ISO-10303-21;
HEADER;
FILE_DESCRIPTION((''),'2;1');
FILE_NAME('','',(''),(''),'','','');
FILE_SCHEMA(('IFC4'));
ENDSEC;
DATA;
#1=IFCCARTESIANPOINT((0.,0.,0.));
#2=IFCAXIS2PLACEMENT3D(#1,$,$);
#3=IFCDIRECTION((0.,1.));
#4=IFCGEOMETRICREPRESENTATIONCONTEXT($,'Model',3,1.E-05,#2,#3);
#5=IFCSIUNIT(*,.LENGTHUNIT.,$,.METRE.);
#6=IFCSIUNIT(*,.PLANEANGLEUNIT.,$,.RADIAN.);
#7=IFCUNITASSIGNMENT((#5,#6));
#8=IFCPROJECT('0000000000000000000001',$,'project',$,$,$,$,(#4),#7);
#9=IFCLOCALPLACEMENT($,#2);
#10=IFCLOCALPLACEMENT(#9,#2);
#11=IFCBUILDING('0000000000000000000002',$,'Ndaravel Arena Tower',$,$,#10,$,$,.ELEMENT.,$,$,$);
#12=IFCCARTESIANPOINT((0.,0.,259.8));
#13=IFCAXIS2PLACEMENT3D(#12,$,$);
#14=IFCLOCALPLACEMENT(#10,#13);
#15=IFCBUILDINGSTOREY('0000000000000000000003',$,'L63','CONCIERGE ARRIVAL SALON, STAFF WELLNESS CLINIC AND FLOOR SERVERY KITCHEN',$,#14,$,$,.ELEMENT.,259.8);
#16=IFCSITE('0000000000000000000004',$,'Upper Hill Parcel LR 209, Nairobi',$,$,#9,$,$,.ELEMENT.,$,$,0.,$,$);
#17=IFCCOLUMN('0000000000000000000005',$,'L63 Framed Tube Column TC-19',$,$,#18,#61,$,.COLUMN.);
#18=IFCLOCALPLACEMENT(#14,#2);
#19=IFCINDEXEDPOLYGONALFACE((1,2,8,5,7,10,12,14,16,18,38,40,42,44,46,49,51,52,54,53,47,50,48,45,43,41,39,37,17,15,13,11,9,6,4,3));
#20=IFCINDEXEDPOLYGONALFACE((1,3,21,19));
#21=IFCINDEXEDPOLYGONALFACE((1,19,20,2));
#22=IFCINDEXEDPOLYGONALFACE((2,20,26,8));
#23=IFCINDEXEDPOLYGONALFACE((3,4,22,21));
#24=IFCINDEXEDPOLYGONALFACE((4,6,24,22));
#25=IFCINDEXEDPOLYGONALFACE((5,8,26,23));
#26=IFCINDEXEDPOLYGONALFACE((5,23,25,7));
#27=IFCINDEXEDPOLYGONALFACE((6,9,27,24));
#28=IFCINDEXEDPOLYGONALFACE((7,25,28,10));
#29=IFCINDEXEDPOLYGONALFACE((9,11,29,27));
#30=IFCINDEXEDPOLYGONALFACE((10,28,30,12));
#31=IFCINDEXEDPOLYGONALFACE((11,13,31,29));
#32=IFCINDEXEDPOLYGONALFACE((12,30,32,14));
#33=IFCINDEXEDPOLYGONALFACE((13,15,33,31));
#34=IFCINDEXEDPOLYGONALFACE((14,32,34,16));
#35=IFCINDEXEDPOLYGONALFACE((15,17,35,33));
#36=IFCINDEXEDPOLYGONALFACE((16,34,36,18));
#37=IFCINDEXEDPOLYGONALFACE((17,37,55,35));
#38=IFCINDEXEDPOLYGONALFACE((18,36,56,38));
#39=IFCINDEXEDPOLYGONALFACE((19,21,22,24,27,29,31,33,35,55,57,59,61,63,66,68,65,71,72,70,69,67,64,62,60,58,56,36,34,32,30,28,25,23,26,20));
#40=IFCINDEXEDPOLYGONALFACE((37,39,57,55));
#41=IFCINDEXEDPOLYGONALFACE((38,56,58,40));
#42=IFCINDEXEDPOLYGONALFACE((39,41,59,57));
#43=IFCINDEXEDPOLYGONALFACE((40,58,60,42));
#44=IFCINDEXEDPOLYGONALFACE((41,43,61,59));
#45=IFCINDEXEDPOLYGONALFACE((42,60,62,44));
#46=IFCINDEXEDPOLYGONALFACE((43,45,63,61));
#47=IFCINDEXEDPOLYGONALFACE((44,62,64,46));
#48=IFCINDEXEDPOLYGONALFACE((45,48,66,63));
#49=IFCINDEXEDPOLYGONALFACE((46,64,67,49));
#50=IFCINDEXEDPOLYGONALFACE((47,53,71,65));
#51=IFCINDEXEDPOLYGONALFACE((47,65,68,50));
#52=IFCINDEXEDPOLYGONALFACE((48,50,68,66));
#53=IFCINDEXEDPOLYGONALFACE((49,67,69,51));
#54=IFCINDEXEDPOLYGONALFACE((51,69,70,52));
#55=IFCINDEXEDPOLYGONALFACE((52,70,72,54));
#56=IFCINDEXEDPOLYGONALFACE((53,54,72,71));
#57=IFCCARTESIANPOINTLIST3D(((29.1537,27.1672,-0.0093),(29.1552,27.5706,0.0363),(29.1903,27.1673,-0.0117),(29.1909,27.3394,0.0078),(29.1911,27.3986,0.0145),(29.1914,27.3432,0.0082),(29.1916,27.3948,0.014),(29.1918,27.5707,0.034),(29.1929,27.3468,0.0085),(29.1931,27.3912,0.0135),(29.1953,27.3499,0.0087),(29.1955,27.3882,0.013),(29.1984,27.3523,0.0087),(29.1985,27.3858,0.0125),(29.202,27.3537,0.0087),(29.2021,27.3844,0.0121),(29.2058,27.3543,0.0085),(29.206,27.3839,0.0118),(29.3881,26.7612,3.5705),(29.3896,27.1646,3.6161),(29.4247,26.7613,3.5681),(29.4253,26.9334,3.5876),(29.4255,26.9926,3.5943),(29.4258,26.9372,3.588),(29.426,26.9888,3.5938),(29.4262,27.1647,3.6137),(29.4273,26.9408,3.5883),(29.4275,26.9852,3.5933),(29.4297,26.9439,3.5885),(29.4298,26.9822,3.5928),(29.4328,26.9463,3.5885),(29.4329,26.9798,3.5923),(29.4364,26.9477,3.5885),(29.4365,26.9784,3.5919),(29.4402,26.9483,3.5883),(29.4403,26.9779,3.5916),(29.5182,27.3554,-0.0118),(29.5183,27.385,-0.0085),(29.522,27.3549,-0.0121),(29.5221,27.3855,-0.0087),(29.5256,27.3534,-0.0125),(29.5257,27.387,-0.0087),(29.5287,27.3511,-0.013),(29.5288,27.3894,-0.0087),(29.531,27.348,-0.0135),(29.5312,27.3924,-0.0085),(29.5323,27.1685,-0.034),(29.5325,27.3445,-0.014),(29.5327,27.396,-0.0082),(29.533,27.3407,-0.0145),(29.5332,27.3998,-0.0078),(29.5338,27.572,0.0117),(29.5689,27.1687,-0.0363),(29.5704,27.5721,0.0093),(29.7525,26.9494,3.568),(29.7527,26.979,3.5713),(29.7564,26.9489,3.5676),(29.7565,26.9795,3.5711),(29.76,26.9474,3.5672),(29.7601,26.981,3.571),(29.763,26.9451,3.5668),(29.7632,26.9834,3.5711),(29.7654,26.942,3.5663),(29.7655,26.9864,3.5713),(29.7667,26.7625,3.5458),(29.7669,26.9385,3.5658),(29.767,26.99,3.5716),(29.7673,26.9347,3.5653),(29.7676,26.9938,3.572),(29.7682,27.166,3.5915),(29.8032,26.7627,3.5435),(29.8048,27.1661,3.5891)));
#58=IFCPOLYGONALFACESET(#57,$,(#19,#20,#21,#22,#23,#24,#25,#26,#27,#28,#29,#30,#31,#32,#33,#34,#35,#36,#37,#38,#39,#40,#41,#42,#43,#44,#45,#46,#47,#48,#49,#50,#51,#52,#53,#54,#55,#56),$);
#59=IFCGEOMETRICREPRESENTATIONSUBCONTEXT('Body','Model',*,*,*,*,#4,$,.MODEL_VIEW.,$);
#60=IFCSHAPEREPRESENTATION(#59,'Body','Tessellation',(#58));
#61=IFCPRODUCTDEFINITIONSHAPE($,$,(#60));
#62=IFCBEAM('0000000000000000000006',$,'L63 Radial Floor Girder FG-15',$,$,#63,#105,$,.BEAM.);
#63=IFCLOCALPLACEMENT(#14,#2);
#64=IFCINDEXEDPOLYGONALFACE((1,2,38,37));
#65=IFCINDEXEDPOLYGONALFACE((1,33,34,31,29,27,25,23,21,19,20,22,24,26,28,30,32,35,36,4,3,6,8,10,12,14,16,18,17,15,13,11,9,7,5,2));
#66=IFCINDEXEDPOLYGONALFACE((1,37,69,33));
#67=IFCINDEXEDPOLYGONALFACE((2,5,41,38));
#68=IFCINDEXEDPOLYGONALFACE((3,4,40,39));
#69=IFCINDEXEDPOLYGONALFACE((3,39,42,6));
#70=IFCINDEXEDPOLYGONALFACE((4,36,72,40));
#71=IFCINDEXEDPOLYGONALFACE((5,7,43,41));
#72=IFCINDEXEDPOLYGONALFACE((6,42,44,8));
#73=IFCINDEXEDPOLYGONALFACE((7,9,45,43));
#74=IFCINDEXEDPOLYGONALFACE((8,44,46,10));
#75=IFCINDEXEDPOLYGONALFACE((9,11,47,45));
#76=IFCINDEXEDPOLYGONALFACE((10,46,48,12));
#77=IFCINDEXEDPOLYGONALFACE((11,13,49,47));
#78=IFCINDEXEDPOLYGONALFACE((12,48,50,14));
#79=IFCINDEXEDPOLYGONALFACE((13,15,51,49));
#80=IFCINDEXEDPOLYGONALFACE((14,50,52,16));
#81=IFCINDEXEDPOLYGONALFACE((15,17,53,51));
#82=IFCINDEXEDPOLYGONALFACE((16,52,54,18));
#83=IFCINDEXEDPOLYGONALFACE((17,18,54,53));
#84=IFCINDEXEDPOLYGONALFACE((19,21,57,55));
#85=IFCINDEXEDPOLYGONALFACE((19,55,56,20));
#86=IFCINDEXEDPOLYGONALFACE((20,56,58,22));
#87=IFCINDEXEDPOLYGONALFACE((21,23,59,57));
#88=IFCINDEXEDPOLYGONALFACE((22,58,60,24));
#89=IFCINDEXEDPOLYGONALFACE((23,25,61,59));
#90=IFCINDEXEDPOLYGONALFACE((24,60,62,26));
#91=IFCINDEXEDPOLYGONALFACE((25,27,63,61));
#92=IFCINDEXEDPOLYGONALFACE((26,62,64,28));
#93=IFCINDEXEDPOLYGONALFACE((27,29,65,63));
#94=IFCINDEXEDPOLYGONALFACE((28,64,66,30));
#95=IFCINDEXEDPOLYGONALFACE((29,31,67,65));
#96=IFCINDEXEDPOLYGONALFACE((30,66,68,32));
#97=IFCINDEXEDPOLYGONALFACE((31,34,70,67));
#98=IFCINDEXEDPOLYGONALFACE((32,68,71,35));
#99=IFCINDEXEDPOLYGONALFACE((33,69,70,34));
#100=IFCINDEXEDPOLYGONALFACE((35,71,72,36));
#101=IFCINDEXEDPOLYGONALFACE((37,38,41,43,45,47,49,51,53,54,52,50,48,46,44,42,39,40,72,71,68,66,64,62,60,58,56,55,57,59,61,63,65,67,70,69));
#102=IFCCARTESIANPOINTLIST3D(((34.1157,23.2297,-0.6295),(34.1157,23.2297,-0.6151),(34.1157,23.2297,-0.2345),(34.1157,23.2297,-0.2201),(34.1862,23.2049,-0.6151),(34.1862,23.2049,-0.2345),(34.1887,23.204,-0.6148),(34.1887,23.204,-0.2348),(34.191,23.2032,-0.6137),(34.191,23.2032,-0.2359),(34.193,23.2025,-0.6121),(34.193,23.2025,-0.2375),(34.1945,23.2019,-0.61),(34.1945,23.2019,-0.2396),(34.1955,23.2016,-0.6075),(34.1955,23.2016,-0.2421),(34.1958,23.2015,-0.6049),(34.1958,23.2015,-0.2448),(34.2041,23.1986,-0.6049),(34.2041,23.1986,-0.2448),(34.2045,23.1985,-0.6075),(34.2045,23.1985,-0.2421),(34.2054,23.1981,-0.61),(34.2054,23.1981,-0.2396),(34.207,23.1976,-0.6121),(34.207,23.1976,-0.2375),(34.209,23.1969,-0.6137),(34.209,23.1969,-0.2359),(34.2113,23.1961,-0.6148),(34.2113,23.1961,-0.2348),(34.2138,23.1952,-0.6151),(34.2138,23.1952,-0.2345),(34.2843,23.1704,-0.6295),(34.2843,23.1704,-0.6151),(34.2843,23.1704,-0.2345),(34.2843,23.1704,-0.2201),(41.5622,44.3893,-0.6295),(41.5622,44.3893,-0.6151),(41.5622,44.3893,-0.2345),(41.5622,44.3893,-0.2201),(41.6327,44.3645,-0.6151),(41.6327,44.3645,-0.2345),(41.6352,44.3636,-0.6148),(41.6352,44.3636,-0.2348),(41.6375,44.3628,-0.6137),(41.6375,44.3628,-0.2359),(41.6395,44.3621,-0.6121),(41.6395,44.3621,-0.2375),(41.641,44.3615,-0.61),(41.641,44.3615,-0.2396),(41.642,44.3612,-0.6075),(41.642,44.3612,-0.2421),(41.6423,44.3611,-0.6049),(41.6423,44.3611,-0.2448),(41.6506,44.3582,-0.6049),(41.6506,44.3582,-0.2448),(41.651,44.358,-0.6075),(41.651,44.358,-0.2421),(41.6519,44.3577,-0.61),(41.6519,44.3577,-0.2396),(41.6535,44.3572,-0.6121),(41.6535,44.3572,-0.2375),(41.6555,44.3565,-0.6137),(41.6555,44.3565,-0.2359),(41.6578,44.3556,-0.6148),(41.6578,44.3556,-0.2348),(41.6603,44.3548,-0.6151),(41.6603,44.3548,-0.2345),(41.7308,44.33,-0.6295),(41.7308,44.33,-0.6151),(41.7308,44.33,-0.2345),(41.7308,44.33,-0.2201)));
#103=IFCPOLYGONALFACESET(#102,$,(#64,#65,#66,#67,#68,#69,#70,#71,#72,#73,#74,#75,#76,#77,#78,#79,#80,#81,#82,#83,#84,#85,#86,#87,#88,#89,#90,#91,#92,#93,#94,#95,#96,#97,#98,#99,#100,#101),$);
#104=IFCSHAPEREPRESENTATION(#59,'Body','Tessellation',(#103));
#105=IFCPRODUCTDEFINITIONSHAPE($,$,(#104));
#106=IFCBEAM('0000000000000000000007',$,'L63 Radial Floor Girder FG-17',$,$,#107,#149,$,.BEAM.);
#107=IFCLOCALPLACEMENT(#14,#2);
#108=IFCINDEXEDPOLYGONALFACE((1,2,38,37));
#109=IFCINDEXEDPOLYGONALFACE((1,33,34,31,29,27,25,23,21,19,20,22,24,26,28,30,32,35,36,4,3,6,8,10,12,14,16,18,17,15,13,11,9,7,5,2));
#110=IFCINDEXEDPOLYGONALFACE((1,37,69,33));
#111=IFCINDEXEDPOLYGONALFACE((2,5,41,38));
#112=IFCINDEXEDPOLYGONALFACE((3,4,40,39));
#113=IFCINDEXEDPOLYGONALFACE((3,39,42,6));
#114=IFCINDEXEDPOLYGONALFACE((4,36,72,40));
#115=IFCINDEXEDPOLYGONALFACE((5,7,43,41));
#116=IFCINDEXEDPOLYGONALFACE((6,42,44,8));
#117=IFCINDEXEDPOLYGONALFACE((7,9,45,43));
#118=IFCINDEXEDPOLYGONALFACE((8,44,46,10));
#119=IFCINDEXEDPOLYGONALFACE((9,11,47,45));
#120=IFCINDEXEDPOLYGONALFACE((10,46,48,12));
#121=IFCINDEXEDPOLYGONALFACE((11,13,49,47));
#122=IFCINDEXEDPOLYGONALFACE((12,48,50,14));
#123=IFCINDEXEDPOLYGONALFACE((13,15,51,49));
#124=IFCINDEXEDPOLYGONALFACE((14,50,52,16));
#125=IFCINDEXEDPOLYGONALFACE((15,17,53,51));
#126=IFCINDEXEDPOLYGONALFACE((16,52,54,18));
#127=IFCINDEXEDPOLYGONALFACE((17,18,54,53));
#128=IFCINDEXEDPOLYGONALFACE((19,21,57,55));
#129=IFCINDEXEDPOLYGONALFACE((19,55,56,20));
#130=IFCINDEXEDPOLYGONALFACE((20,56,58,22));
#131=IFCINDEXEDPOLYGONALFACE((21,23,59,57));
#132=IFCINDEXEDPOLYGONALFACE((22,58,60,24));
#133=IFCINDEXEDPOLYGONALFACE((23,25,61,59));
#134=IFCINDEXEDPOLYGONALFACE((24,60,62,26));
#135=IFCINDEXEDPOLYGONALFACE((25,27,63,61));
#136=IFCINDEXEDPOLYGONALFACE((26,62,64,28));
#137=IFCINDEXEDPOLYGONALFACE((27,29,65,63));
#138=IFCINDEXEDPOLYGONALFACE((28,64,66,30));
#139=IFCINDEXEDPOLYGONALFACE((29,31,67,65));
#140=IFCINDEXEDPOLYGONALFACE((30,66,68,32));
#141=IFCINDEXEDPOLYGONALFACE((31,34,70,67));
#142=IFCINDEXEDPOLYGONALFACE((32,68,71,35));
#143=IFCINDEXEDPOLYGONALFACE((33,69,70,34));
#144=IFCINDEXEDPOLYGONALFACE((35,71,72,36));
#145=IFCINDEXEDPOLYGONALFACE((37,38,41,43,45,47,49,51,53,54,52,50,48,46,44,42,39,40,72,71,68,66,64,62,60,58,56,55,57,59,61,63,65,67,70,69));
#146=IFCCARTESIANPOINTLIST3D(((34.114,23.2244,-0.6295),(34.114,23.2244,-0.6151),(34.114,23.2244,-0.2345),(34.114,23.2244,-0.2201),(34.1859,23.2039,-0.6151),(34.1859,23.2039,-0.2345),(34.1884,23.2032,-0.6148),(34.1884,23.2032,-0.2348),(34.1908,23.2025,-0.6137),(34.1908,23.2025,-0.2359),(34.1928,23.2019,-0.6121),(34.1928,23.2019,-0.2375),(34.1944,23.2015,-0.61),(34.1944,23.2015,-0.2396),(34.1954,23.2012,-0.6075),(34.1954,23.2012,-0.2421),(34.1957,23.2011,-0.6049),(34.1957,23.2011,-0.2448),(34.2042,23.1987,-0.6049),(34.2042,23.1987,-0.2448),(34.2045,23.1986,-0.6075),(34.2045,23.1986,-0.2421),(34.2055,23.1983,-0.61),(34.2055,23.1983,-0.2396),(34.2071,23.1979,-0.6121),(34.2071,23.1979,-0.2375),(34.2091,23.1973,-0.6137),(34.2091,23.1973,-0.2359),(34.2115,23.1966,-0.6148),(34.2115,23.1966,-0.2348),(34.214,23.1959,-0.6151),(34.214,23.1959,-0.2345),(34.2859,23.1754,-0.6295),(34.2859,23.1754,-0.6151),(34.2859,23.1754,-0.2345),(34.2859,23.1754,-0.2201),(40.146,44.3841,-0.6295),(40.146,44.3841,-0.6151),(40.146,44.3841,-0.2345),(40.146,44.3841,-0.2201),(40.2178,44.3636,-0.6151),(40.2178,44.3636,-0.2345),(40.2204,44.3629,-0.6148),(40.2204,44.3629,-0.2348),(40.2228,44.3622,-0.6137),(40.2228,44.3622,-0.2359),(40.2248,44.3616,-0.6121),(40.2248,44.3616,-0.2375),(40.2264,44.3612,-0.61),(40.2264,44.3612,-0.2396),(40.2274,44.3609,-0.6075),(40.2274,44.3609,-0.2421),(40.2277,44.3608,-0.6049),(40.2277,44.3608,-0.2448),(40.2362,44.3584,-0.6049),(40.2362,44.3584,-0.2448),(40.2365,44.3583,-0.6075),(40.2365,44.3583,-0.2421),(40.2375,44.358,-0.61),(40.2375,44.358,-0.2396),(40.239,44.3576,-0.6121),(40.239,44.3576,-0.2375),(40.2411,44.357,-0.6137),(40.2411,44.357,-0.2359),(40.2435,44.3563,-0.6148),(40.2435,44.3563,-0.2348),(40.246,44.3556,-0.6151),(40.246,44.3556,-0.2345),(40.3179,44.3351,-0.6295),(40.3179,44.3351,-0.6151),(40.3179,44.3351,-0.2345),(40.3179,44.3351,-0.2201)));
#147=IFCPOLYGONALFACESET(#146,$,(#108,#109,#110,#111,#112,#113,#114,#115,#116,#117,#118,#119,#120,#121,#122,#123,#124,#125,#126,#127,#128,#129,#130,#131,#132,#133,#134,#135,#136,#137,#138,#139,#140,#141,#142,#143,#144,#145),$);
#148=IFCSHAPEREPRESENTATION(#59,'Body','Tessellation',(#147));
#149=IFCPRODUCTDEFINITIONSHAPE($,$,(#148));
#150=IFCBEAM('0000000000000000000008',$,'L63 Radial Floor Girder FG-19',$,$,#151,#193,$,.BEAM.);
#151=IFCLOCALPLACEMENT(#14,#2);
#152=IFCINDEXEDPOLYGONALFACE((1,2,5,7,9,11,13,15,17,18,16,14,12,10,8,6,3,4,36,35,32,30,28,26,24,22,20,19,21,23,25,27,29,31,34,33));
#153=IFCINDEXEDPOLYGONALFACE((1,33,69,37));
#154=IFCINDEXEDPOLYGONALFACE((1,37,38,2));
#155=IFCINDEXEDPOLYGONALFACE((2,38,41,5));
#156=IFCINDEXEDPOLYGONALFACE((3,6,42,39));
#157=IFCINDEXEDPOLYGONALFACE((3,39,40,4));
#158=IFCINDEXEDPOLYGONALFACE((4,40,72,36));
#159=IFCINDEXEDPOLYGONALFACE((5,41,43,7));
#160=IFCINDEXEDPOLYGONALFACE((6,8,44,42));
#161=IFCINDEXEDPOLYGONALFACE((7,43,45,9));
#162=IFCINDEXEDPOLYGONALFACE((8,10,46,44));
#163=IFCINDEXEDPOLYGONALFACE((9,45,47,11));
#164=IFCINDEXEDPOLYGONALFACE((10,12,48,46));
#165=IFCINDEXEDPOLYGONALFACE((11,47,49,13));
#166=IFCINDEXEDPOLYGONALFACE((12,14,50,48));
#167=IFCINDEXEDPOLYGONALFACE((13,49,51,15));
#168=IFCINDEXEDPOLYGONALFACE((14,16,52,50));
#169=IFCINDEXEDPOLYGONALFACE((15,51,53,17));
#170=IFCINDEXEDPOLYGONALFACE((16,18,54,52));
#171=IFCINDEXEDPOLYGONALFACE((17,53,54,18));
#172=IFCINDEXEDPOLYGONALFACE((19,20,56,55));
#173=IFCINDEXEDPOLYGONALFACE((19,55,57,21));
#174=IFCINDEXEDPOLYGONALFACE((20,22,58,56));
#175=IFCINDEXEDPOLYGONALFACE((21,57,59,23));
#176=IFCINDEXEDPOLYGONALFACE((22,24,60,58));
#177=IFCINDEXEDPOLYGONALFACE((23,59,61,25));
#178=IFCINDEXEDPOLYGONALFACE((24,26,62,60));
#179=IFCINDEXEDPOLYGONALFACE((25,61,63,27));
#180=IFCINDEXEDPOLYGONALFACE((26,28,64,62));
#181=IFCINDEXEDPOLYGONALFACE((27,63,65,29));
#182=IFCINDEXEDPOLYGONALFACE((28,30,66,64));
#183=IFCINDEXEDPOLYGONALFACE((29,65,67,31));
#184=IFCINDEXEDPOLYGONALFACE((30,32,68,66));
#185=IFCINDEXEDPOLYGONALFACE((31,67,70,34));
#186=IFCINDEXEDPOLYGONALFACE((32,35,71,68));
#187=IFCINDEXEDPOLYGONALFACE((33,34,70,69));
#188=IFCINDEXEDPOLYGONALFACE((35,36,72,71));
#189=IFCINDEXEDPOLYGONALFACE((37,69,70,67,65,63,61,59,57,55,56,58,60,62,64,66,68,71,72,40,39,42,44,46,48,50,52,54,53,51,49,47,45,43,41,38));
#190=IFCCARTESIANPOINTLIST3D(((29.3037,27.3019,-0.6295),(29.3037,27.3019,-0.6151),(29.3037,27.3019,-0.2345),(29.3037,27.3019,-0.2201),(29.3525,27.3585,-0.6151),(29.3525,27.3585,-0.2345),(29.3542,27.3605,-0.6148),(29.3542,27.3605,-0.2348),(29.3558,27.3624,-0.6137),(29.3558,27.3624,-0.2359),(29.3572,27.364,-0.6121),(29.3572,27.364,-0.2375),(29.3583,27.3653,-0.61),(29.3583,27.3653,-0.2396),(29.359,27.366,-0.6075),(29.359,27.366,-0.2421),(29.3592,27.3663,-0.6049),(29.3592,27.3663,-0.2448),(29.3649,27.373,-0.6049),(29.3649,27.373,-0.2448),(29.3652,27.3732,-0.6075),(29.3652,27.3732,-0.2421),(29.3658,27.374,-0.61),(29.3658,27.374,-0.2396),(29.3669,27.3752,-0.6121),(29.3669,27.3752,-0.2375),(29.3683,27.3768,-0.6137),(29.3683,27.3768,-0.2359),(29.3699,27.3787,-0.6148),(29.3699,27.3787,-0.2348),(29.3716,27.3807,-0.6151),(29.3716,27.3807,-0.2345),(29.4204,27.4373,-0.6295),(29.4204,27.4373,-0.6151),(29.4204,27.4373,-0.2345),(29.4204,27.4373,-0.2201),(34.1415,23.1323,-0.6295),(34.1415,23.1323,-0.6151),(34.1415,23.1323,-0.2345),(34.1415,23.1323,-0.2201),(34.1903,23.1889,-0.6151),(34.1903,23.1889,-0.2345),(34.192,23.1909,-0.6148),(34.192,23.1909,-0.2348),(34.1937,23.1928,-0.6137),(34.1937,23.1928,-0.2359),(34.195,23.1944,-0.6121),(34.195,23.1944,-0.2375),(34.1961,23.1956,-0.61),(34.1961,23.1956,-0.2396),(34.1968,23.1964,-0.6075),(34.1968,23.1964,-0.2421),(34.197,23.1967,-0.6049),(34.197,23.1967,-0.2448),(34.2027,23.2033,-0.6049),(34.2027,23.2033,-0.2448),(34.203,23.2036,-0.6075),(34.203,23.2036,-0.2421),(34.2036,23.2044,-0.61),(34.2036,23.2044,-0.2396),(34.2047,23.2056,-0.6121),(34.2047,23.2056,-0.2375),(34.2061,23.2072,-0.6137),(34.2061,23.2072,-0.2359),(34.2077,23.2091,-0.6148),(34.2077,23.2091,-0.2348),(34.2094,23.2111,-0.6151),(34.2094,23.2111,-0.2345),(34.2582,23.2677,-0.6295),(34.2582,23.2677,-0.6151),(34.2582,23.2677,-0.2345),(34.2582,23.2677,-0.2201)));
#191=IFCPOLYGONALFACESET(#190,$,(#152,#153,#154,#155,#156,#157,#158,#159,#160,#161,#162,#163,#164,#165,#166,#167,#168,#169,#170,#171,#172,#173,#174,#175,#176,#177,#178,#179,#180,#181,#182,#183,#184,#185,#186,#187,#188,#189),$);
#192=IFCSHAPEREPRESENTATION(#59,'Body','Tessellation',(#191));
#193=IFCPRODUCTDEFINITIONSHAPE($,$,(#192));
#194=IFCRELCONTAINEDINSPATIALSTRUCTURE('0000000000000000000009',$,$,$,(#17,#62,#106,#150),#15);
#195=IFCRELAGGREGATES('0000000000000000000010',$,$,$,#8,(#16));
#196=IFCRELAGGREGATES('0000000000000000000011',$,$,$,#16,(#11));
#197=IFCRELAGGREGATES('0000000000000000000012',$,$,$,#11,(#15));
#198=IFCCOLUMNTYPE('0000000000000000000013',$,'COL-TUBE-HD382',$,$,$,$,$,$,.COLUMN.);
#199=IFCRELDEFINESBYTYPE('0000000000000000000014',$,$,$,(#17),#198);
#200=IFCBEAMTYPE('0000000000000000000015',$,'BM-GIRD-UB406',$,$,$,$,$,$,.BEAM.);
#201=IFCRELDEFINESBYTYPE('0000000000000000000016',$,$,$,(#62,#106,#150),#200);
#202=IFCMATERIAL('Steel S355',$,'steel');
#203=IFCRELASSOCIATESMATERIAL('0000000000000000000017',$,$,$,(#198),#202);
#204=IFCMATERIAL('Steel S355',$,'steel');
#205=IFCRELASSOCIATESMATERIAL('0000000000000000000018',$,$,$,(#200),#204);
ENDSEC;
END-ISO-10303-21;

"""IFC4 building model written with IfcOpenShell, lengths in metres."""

from ifc_helpers import new_model, si_unit, direction, frame, origin, origin_2d, place, context, subcontext, project, spatial, i_section, extrude, material, material_profile, profile_set, type_object, element, save


model = new_model("IFC4")

# Units and contexts
model_context = context("Model", 3, precision=1e-05, world=origin(), true_north=direction((0.0, 1.0)))
body_context = subcontext(model_context, "Body", "Model", "MODEL_VIEW")
ifc_project = project(units=[si_unit("LENGTHUNIT", "METRE"), si_unit("PLANEANGLEUNIT", "RADIAN")], contexts=[model_context])

# Site, building, storey
site_placement = place(None, origin())
site = spatial("IfcSite", under=ifc_project, at=site_placement, Name="Upper Hill Parcel LR 209, Nairobi", CompositionType="ELEMENT", RefElevation=0.0)
building_placement = place(site_placement, origin())
building = spatial("IfcBuilding", under=site, at=building_placement, Name="Ndaravel Arena Tower", CompositionType="ELEMENT")
storey_placement = place(building_placement, frame((0.0, 0.0, 259.8)))
storey = spatial("IfcBuildingStorey", under=building, at=storey_placement, Name="L63", Description="CONCIERGE ARRIVAL SALON, STAFF WELLNESS CLINIC AND FLOOR SERVERY KITCHEN", CompositionType="ELEMENT", Elevation=259.8)

# Column
ifc_material_1 = material(Name="Steel S355", Category="steel")
ifc_material_profile_1 = material_profile(ifc_material_1, i_section(OverallWidth=0.406, OverallDepth=0.416, WebThickness=0.0298, FlangeThickness=0.0366, FilletRadius=0.0149, at=origin_2d()), Name="HD 400x382")
ifc_profile_set_1 = profile_set([ifc_material_profile_1], Name="Steel S355")
column_type = type_object("IfcColumnType", Name="COL-TUBE-HD382", PredefinedType="COLUMN", material=ifc_profile_set_1)
column_1_placement = place(storey_placement, frame((29.3621, 27.3696, 0.0), z_axis=(0.064917, -0.112455, 0.991534), x_axis=(0.003726, 0.99365, 0.112451)))
element("IfcColumn", 1, at=column_1_placement, inside=storey, type_object=column_type, Name="L63 Framed Tube Column TC-19", PredefinedType="COLUMN", context=body_context, shape_type="SweptSolid", body=[
    extrude(i_section(OverallWidth=0.406, OverallDepth=0.416, WebThickness=0.0298, FlangeThickness=0.0366, FilletRadius=0.0149, at=origin_2d()), origin(), (0.0, 0.0, 1.0), 3.6104),
])

# Beams
ifc_material_2 = material(Name="Steel S355", Category="steel")
ifc_material_profile_2 = material_profile(ifc_material_2, i_section(OverallWidth=0.1787, OverallDepth=0.4094, WebThickness=0.0088, FlangeThickness=0.0144, FilletRadius=0.0103, at=origin_2d()), Name="UB 406x178x67")
ifc_profile_set_2 = profile_set([ifc_material_profile_2], Name="Steel S355")
beam_type_1 = type_object("IfcBeamType", Name="BM-GIRD-UB406", PredefinedType="BEAM", material=ifc_profile_set_2)
beam_1_placement = place(storey_placement, frame((41.6465, 44.3596, -0.4248), z_axis=(-0.331964, -0.943292, 0.0), x_axis=(0.943292, -0.331964, 0.0)))
element("IfcBeam", 2, at=beam_1_placement, inside=storey, type_object=beam_type_1, Name="L63 Radial Floor Girder FG-15", PredefinedType="BEAM", context=body_context, shape_type="SweptSolid", body=[
    extrude(i_section(OverallWidth=0.1787, OverallDepth=0.4094, WebThickness=0.0088, FlangeThickness=0.0144, FilletRadius=0.0103, at=origin_2d()), origin(), (0.0, 0.0, 1.0), 22.4316),
])
beam_2_placement = place(storey_placement, frame((40.2319, 44.3596, -0.4248), z_axis=(-0.274148, -0.961687, 0.0), x_axis=(0.961687, -0.274148, 0.0)))
element("IfcBeam", 3, at=beam_2_placement, inside=storey, type_object=beam_type_1, Name="L63 Radial Floor Girder FG-17", PredefinedType="BEAM", context=body_context, shape_type="SweptSolid", body=[
    extrude(i_section(OverallWidth=0.1787, OverallDepth=0.4094, WebThickness=0.0088, FlangeThickness=0.0144, FilletRadius=0.0103, at=origin_2d()), origin(), (0.0, 0.0, 1.0), 22.0027),
])
beam_3_placement = place(storey_placement, frame((29.3621, 27.3696, -0.4248), z_axis=(0.757481, -0.652857, 0.0), x_axis=(0.652857, 0.757481, 0.0)))
element("IfcBeam", 4, at=beam_3_placement, inside=storey, type_object=beam_type_1, Name="L63 Radial Floor Girder FG-19", PredefinedType="BEAM", context=body_context, shape_type="SweptSolid", body=[
    extrude(i_section(OverallWidth=0.1787, OverallDepth=0.4094, WebThickness=0.0088, FlangeThickness=0.0144, FilletRadius=0.0103, at=origin_2d()), origin(), (0.0, 0.0, 1.0), 6.3867),
])

save(model, "model.ifc")
